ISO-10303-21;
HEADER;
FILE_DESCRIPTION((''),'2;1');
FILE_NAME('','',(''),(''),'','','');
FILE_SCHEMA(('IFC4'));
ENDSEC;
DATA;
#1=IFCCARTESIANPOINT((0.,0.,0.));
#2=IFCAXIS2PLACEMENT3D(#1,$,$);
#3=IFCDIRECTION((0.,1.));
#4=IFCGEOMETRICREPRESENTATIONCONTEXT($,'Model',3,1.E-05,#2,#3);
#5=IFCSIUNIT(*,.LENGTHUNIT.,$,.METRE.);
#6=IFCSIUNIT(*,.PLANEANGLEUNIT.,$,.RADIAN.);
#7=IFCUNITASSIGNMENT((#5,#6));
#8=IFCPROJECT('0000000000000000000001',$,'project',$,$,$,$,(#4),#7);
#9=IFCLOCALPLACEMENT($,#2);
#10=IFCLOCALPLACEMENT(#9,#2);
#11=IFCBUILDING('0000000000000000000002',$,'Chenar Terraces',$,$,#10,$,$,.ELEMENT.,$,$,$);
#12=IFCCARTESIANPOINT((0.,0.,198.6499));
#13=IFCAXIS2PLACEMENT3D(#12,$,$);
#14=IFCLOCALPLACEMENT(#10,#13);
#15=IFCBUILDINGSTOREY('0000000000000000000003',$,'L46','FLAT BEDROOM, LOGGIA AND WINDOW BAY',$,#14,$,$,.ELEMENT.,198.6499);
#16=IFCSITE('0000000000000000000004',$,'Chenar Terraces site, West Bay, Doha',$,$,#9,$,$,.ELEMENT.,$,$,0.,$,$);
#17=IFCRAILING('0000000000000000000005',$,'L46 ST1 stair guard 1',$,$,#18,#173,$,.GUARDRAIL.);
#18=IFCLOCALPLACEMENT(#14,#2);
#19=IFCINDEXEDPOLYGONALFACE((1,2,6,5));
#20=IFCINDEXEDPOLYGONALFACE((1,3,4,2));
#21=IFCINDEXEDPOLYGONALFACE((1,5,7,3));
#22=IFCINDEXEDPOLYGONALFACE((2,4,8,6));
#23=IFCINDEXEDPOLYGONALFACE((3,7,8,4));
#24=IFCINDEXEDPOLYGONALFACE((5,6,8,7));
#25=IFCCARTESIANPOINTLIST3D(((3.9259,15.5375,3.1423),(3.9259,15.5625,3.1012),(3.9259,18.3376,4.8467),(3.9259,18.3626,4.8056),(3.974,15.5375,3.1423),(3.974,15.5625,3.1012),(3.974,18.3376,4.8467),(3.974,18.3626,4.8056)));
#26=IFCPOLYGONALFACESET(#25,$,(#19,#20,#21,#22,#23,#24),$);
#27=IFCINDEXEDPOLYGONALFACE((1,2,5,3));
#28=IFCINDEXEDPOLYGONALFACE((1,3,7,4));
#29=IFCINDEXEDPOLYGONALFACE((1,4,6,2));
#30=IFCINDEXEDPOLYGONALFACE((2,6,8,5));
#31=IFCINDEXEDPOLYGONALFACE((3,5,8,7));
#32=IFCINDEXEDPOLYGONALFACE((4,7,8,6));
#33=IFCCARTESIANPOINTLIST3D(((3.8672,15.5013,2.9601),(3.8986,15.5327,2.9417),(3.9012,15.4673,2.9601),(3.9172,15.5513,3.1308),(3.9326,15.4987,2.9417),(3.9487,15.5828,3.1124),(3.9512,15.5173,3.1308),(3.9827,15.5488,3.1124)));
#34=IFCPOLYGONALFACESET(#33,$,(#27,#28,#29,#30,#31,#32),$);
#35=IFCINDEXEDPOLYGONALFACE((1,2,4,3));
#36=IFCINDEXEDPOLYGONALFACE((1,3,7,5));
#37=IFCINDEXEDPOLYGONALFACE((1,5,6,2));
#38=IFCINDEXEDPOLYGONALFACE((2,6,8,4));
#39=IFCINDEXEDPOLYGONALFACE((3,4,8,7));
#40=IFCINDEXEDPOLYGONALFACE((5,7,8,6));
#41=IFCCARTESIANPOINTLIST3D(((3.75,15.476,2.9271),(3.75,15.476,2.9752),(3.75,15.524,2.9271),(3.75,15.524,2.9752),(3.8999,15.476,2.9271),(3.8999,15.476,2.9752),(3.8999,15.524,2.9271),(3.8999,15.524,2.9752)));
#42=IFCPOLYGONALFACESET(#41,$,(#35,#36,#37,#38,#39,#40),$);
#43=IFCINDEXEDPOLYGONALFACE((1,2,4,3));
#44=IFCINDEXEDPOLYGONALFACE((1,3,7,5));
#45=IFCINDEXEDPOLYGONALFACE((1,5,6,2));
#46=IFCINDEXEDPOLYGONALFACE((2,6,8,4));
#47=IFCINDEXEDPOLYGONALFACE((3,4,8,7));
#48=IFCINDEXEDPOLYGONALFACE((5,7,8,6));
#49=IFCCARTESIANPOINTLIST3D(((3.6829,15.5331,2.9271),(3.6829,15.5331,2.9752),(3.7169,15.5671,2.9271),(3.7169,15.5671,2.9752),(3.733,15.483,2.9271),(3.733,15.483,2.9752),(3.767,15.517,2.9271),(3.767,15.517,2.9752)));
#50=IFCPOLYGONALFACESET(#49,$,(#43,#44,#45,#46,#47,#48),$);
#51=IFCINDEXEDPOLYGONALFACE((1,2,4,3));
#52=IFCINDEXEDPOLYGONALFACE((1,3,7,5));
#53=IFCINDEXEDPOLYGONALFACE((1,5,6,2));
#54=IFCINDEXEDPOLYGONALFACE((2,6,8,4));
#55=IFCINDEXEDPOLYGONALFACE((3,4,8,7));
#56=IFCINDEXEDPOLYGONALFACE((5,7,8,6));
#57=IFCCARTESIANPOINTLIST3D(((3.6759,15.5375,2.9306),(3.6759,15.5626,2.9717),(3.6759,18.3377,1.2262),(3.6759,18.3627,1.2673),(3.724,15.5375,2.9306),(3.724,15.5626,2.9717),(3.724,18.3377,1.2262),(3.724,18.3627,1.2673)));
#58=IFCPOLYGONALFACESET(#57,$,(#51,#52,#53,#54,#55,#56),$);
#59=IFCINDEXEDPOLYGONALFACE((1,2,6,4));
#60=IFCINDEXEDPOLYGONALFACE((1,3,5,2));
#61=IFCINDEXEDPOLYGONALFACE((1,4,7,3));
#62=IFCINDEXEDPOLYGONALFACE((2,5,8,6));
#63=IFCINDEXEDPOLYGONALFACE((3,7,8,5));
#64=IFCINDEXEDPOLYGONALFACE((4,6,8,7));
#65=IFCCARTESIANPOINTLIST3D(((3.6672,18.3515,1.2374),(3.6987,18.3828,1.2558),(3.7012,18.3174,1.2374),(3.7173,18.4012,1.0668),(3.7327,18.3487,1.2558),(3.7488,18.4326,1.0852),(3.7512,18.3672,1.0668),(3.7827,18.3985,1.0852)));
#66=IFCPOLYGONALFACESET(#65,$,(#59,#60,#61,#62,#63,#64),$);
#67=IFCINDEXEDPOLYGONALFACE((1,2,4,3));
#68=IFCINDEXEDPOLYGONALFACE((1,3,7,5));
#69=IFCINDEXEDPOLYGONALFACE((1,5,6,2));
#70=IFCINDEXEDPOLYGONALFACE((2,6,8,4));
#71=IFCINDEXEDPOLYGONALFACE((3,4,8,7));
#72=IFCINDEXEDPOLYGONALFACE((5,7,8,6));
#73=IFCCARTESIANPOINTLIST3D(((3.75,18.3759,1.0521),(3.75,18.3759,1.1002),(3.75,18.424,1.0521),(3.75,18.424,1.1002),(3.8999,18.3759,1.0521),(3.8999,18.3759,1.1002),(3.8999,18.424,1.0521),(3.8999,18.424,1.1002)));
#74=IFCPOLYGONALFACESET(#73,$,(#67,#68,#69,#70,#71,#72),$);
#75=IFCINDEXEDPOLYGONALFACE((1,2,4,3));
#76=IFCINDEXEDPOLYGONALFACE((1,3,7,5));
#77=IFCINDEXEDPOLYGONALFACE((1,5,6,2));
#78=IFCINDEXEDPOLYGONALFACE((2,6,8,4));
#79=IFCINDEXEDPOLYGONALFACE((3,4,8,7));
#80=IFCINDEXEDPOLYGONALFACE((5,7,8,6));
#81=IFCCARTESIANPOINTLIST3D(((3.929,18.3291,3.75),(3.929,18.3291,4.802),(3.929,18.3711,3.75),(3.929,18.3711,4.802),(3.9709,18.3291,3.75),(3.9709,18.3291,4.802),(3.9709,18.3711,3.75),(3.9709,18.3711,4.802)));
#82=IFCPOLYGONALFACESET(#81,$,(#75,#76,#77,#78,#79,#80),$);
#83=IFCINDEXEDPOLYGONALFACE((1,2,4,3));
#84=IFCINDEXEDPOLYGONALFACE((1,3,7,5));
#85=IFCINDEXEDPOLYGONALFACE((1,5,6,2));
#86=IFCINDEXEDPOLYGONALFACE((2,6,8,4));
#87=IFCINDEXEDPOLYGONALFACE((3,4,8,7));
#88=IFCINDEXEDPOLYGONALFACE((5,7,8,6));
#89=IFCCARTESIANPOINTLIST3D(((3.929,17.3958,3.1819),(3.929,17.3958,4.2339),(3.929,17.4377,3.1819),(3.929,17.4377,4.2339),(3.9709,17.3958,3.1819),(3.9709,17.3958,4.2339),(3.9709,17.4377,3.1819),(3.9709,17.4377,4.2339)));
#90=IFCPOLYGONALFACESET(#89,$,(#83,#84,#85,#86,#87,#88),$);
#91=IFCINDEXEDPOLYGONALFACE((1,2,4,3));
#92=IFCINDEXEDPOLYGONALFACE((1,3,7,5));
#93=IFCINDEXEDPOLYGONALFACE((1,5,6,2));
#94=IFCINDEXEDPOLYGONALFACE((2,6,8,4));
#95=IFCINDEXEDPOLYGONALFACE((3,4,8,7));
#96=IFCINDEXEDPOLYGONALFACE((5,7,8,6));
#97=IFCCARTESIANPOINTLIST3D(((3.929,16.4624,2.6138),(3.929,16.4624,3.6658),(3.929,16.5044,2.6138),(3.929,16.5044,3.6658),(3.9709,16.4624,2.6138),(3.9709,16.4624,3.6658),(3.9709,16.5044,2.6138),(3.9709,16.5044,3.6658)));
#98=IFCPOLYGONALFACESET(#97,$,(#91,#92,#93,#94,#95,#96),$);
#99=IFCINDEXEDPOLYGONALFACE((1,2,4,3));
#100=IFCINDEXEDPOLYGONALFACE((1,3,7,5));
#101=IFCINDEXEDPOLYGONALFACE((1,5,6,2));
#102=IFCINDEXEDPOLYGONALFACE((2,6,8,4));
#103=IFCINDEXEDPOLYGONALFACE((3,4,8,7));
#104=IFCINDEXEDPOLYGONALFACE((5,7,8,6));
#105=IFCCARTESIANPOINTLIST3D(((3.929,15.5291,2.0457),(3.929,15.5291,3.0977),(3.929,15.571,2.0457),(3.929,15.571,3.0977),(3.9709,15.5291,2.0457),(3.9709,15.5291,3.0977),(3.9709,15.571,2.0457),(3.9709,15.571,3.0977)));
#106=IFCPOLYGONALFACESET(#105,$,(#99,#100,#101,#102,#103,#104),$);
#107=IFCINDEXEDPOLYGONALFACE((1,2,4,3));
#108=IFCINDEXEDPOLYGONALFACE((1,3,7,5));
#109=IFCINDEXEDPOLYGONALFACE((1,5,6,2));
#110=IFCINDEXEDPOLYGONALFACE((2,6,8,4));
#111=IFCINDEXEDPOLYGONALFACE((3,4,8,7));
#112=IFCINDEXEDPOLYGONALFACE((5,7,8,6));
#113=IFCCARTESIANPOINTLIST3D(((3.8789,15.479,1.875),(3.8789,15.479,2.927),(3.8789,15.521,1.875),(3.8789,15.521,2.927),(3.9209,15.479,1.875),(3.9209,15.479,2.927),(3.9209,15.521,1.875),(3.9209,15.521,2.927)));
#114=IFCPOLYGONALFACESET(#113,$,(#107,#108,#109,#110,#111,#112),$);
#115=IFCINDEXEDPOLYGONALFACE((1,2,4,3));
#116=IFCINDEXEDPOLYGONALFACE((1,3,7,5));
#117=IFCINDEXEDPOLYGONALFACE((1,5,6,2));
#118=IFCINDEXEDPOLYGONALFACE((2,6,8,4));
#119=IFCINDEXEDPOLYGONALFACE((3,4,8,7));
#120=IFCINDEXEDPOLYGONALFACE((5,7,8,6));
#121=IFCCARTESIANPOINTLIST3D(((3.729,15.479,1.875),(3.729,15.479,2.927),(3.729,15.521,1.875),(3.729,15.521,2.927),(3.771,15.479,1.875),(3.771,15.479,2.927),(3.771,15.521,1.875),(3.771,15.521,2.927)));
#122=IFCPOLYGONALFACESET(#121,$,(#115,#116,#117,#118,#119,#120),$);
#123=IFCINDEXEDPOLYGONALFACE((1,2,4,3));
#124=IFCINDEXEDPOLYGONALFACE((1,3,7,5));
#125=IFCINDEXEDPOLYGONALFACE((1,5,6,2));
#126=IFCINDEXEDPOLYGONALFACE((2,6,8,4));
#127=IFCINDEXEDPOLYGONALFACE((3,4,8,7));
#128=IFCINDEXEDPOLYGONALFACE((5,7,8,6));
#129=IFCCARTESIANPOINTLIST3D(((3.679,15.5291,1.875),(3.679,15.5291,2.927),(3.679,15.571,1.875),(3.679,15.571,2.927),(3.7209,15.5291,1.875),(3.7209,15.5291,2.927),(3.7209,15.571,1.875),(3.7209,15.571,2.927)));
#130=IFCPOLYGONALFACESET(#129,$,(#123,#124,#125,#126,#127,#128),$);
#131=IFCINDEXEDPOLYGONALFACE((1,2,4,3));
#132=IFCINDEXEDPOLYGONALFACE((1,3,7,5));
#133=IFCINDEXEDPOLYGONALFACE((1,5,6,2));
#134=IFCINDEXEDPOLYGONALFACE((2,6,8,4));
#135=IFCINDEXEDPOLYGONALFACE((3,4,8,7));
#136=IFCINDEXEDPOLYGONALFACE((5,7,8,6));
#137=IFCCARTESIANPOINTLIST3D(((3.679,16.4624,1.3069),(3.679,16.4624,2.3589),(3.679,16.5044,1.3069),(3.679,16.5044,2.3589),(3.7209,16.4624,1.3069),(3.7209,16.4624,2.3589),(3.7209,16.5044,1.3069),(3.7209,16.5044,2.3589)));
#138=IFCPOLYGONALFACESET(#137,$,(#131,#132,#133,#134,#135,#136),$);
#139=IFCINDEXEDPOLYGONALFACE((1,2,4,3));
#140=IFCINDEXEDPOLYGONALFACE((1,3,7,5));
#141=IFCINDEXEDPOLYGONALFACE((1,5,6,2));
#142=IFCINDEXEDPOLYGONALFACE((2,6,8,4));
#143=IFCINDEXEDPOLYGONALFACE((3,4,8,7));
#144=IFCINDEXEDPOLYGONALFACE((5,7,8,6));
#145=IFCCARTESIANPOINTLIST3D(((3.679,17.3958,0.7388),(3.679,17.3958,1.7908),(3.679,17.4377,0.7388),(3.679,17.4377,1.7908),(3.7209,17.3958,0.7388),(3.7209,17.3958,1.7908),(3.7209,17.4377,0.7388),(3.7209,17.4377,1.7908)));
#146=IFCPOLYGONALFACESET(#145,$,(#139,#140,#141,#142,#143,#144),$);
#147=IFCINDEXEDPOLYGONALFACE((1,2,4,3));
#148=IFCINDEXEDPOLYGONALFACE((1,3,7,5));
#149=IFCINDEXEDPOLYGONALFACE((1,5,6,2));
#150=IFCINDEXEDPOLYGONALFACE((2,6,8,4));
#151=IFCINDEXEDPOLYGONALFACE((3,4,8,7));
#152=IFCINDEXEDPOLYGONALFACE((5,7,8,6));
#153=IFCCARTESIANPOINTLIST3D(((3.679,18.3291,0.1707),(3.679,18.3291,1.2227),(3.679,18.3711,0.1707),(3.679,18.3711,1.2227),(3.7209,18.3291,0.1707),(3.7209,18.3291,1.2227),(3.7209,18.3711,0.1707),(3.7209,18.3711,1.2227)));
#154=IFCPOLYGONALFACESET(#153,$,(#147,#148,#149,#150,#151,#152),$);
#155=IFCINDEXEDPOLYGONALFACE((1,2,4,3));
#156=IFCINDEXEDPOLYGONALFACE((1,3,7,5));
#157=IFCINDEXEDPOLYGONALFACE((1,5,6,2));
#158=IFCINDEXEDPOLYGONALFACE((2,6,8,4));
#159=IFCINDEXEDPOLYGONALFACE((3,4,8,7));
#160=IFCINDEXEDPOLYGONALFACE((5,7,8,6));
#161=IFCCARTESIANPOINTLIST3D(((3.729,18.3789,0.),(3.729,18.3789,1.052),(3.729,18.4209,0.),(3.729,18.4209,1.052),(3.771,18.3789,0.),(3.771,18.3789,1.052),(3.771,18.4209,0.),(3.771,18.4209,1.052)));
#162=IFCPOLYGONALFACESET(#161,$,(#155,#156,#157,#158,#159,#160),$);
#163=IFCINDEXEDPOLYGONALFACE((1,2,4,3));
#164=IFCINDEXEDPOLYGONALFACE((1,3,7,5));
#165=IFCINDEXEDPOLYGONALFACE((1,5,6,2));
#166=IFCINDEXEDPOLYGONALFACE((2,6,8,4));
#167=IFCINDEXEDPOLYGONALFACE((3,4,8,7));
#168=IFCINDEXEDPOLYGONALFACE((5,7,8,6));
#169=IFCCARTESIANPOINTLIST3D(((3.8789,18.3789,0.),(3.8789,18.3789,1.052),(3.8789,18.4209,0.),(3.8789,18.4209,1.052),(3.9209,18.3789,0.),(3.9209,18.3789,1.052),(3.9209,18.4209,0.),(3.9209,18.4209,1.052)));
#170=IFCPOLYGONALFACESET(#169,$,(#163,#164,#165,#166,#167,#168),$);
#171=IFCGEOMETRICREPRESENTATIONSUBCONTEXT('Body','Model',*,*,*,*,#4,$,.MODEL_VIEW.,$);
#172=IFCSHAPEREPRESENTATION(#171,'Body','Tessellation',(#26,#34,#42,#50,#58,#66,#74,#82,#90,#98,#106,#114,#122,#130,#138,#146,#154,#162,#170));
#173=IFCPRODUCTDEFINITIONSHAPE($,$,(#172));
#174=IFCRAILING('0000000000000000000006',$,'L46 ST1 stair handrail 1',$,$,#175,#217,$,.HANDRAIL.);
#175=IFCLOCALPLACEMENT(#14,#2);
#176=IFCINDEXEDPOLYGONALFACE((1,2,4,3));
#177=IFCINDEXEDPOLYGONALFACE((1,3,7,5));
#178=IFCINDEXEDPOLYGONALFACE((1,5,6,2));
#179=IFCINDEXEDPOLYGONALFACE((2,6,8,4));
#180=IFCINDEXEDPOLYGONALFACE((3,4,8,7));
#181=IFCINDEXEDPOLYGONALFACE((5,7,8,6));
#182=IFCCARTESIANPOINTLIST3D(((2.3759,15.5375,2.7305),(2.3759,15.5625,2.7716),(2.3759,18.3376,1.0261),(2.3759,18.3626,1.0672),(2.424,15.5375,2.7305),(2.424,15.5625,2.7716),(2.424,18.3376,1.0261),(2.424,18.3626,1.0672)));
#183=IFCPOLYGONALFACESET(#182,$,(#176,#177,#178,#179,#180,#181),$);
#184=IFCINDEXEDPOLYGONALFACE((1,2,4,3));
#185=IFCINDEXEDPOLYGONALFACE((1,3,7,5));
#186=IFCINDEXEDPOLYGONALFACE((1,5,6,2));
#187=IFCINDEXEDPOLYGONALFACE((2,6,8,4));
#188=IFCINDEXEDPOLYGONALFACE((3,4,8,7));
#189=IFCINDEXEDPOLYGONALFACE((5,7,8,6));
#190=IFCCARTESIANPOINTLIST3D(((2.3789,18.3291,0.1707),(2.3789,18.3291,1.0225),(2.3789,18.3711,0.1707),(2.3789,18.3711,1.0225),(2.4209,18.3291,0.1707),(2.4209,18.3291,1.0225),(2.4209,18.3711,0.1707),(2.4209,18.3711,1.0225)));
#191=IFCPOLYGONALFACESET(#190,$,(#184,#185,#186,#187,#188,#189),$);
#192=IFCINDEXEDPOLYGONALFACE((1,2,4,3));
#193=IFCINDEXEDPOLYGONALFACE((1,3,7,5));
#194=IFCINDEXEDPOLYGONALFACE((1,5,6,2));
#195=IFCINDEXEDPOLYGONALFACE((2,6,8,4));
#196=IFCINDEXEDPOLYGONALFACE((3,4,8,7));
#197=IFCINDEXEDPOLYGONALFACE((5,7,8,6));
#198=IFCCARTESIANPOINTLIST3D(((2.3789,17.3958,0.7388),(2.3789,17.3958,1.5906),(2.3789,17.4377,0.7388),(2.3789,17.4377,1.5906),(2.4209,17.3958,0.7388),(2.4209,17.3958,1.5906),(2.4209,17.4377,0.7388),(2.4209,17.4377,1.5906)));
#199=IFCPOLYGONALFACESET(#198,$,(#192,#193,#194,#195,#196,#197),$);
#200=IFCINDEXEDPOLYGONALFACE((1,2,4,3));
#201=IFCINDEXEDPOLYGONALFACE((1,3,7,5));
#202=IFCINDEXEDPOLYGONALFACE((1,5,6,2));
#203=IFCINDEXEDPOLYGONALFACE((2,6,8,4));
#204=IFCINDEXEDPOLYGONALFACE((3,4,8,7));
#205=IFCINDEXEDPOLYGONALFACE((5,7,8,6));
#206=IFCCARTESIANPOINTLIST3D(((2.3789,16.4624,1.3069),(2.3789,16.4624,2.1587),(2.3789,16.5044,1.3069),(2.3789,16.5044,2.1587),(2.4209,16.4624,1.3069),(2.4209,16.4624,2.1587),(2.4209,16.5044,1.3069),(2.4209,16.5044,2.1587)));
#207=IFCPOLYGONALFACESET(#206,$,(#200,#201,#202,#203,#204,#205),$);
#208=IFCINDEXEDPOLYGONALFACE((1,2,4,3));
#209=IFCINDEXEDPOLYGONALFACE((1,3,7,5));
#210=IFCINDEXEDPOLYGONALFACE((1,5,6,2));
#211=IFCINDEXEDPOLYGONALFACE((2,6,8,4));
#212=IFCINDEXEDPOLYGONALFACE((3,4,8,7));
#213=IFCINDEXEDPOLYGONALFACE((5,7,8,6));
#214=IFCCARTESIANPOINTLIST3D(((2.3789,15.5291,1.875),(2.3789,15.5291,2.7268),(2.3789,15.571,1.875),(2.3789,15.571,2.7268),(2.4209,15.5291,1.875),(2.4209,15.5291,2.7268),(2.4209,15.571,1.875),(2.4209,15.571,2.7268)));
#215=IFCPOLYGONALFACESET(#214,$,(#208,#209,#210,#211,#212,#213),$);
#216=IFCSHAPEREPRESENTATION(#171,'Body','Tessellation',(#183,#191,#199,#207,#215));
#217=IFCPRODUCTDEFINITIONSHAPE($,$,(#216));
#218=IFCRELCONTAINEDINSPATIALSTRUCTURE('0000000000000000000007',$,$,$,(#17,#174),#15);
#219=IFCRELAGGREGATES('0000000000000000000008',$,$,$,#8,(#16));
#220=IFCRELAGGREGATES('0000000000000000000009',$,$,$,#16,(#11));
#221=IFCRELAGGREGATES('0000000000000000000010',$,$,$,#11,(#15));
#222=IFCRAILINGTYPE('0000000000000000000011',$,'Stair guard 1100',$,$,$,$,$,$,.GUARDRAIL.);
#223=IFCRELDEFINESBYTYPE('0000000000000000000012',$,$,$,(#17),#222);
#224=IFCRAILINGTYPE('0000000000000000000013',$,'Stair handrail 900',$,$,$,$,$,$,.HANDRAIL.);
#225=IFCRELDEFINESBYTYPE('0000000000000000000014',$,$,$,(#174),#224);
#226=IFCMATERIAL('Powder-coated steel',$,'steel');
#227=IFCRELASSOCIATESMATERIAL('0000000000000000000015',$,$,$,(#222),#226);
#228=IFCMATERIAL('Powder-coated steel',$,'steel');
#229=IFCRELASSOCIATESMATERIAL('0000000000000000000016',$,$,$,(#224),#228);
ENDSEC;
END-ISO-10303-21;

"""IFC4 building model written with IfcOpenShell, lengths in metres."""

from ifc_helpers import new_model, si_unit, direction, frame, origin, origin_2d, place, context, subcontext, project, spatial, rectangle, extrude, material, type_object, element, save


model = new_model("IFC4")

# Units and contexts
model_context = context("Model", 3, precision=1e-05, world=origin(), true_north=direction((0.0, 1.0)))
body_context = subcontext(model_context, "Body", "Model", "MODEL_VIEW")
ifc_project = project(units=[si_unit("LENGTHUNIT", "METRE"), si_unit("PLANEANGLEUNIT", "RADIAN")], contexts=[model_context])

# Site, building, storey
site_placement = place(None, origin())
site = spatial("IfcSite", under=ifc_project, at=site_placement, Name="Chenar Terraces site, West Bay, Doha", CompositionType="ELEMENT", RefElevation=0.0)
building_placement = place(site_placement, origin())
building = spatial("IfcBuilding", under=site, at=building_placement, Name="Chenar Terraces", CompositionType="ELEMENT")
storey_placement = place(building_placement, frame((0.0, 0.0, 198.6499)))
storey = spatial("IfcBuildingStorey", under=building, at=storey_placement, Name="L46", Description="FLAT BEDROOM, LOGGIA AND WINDOW BAY", CompositionType="ELEMENT", Elevation=198.6499)

# Railings
ifc_material_1 = material(Name="Powder-coated steel", Category="steel")
railing_type_1 = type_object("IfcRailingType", Name="Stair guard 1100", PredefinedType="GUARDRAIL", material=ifc_material_1)
railing_1_placement = place(storey_placement, frame((3.95, 18.3501, 3.75)))
element("IfcRailing", 1, at=railing_1_placement, inside=storey, type_object=railing_type_1, Name="L46 ST1 stair guard 1", PredefinedType="GUARDRAIL", context=body_context, shape_type="SweptSolid", body=[
    extrude(rectangle(XDim=0.0481, YDim=0.0481, at=origin_2d()), frame((0.0, 0.0, 1.0762), z_axis=(0.0, -0.854203, -0.51994), x_axis=(1.0, 0.0, 0.0)), (0.0, 0.0, 1.0), 3.2781),
    extrude(rectangle(XDim=0.0481, YDim=0.0481, at=origin_2d()), frame((0.0, -2.8, -0.6284), z_axis=(-0.2709, -0.2709, -0.923703), x_axis=(0.707107, -0.707107, 0.0)), (0.0, 0.0, 1.0), 0.1848),
    extrude(rectangle(XDim=0.0481, YDim=0.0481, at=origin_2d()), frame((-0.05, -2.8501, -0.7988), z_axis=(-1.0, 0.0, 0.0), x_axis=(0.0, -1.0, 0.0)), (0.0, 0.0, 1.0), 0.1499),
    extrude(rectangle(XDim=0.0481, YDim=0.0481, at=origin_2d()), frame((-0.2, -2.8501, -0.7988), z_axis=(-0.707107, 0.707107, 0.0), x_axis=(-0.707107, -0.707107, 0.0)), (0.0, 0.0, 1.0), 0.0708),
    extrude(rectangle(XDim=0.0481, YDim=0.0481, at=origin_2d()), frame((-0.25, -2.8, -0.7988), z_axis=(0.0, 0.854203, -0.51994), x_axis=(-1.0, 0.0, 0.0)), (0.0, 0.0, 1.0), 3.2781),
    extrude(rectangle(XDim=0.0481, YDim=0.0481, at=origin_2d()), frame((-0.25, 0.0, -2.5034), z_axis=(0.270997, 0.269675, -0.924033), x_axis=(-0.705376, 0.708834, 0.0)), (0.0, 0.0, 1.0), 0.1846),
    extrude(rectangle(XDim=0.0481, YDim=0.0481, at=origin_2d()), frame((-0.2, 0.0498, -2.6738), z_axis=(1.0, 0.0, 0.0), x_axis=(0.0, 1.0, 0.0)), (0.0, 0.0, 1.0), 0.1499),
    extrude(rectangle(XDim=0.042, YDim=0.042, at=origin_2d()), origin(), (0.0, 0.0, 1.0), 1.052),
    extrude(rectangle(XDim=0.042, YDim=0.042, at=origin_2d()), frame((0.0, -0.9333, -0.5681)), (0.0, 0.0, 1.0), 1.052),
    extrude(rectangle(XDim=0.042, YDim=0.042, at=origin_2d()), frame((0.0, -1.8667, -1.1362)), (0.0, 0.0, 1.0), 1.052),
    extrude(rectangle(XDim=0.042, YDim=0.042, at=origin_2d()), frame((0.0, -2.8, -1.7043)), (0.0, 0.0, 1.0), 1.052),
    extrude(rectangle(XDim=0.042, YDim=0.042, at=origin_2d()), frame((-0.05, -2.8501, -1.875)), (0.0, 0.0, 1.0), 1.052),
    extrude(rectangle(XDim=0.042, YDim=0.042, at=origin_2d()), frame((-0.2, -2.8501, -1.875)), (0.0, 0.0, 1.0), 1.052),
    extrude(rectangle(XDim=0.042, YDim=0.042, at=origin_2d()), frame((-0.25, -2.8, -1.875)), (0.0, 0.0, 1.0), 1.052),
    extrude(rectangle(XDim=0.042, YDim=0.042, at=origin_2d()), frame((-0.25, -1.8667, -2.4431)), (0.0, 0.0, 1.0), 1.052),
    extrude(rectangle(XDim=0.042, YDim=0.042, at=origin_2d()), frame((-0.25, -0.9333, -3.0112)), (0.0, 0.0, 1.0), 1.052),
    extrude(rectangle(XDim=0.042, YDim=0.042, at=origin_2d()), frame((-0.25, 0.0, -3.5793)), (0.0, 0.0, 1.0), 1.052),
    extrude(rectangle(XDim=0.042, YDim=0.042, at=origin_2d()), frame((-0.2, 0.0498, -3.75)), (0.0, 0.0, 1.0), 1.052),
    extrude(rectangle(XDim=0.042, YDim=0.042, at=origin_2d()), frame((-0.05, 0.0498, -3.75)), (0.0, 0.0, 1.0), 1.052),
])
ifc_material_2 = material(Name="Powder-coated steel", Category="steel")
railing_type_2 = type_object("IfcRailingType", Name="Stair handrail 900", PredefinedType="HANDRAIL", material=ifc_material_2)
railing_2_placement = place(storey_placement, frame((2.3999, 18.3501, 0.1707)))
element("IfcRailing", 2, at=railing_2_placement, inside=storey, type_object=railing_type_2, Name="L46 ST1 stair handrail 1", PredefinedType="HANDRAIL", context=body_context, shape_type="SweptSolid", body=[
    extrude(rectangle(XDim=0.0481, YDim=0.0481, at=origin_2d()), frame((0.0, 0.0, 0.876), z_axis=(0.0, -0.854203, 0.51994), x_axis=(1.0, 0.0, 0.0)), (0.0, 0.0, 1.0), 3.2781),
    extrude(rectangle(XDim=0.042, YDim=0.042, at=origin_2d()), origin(), (0.0, 0.0, 1.0), 0.8518),
    extrude(rectangle(XDim=0.042, YDim=0.042, at=origin_2d()), frame((0.0, -0.9333, 0.5681)), (0.0, 0.0, 1.0), 0.8518),
    extrude(rectangle(XDim=0.042, YDim=0.042, at=origin_2d()), frame((0.0, -1.8667, 1.1362)), (0.0, 0.0, 1.0), 0.8518),
    extrude(rectangle(XDim=0.042, YDim=0.042, at=origin_2d()), frame((0.0, -2.8, 1.7043)), (0.0, 0.0, 1.0), 0.8518),
])

save(model, "model.ifc")
